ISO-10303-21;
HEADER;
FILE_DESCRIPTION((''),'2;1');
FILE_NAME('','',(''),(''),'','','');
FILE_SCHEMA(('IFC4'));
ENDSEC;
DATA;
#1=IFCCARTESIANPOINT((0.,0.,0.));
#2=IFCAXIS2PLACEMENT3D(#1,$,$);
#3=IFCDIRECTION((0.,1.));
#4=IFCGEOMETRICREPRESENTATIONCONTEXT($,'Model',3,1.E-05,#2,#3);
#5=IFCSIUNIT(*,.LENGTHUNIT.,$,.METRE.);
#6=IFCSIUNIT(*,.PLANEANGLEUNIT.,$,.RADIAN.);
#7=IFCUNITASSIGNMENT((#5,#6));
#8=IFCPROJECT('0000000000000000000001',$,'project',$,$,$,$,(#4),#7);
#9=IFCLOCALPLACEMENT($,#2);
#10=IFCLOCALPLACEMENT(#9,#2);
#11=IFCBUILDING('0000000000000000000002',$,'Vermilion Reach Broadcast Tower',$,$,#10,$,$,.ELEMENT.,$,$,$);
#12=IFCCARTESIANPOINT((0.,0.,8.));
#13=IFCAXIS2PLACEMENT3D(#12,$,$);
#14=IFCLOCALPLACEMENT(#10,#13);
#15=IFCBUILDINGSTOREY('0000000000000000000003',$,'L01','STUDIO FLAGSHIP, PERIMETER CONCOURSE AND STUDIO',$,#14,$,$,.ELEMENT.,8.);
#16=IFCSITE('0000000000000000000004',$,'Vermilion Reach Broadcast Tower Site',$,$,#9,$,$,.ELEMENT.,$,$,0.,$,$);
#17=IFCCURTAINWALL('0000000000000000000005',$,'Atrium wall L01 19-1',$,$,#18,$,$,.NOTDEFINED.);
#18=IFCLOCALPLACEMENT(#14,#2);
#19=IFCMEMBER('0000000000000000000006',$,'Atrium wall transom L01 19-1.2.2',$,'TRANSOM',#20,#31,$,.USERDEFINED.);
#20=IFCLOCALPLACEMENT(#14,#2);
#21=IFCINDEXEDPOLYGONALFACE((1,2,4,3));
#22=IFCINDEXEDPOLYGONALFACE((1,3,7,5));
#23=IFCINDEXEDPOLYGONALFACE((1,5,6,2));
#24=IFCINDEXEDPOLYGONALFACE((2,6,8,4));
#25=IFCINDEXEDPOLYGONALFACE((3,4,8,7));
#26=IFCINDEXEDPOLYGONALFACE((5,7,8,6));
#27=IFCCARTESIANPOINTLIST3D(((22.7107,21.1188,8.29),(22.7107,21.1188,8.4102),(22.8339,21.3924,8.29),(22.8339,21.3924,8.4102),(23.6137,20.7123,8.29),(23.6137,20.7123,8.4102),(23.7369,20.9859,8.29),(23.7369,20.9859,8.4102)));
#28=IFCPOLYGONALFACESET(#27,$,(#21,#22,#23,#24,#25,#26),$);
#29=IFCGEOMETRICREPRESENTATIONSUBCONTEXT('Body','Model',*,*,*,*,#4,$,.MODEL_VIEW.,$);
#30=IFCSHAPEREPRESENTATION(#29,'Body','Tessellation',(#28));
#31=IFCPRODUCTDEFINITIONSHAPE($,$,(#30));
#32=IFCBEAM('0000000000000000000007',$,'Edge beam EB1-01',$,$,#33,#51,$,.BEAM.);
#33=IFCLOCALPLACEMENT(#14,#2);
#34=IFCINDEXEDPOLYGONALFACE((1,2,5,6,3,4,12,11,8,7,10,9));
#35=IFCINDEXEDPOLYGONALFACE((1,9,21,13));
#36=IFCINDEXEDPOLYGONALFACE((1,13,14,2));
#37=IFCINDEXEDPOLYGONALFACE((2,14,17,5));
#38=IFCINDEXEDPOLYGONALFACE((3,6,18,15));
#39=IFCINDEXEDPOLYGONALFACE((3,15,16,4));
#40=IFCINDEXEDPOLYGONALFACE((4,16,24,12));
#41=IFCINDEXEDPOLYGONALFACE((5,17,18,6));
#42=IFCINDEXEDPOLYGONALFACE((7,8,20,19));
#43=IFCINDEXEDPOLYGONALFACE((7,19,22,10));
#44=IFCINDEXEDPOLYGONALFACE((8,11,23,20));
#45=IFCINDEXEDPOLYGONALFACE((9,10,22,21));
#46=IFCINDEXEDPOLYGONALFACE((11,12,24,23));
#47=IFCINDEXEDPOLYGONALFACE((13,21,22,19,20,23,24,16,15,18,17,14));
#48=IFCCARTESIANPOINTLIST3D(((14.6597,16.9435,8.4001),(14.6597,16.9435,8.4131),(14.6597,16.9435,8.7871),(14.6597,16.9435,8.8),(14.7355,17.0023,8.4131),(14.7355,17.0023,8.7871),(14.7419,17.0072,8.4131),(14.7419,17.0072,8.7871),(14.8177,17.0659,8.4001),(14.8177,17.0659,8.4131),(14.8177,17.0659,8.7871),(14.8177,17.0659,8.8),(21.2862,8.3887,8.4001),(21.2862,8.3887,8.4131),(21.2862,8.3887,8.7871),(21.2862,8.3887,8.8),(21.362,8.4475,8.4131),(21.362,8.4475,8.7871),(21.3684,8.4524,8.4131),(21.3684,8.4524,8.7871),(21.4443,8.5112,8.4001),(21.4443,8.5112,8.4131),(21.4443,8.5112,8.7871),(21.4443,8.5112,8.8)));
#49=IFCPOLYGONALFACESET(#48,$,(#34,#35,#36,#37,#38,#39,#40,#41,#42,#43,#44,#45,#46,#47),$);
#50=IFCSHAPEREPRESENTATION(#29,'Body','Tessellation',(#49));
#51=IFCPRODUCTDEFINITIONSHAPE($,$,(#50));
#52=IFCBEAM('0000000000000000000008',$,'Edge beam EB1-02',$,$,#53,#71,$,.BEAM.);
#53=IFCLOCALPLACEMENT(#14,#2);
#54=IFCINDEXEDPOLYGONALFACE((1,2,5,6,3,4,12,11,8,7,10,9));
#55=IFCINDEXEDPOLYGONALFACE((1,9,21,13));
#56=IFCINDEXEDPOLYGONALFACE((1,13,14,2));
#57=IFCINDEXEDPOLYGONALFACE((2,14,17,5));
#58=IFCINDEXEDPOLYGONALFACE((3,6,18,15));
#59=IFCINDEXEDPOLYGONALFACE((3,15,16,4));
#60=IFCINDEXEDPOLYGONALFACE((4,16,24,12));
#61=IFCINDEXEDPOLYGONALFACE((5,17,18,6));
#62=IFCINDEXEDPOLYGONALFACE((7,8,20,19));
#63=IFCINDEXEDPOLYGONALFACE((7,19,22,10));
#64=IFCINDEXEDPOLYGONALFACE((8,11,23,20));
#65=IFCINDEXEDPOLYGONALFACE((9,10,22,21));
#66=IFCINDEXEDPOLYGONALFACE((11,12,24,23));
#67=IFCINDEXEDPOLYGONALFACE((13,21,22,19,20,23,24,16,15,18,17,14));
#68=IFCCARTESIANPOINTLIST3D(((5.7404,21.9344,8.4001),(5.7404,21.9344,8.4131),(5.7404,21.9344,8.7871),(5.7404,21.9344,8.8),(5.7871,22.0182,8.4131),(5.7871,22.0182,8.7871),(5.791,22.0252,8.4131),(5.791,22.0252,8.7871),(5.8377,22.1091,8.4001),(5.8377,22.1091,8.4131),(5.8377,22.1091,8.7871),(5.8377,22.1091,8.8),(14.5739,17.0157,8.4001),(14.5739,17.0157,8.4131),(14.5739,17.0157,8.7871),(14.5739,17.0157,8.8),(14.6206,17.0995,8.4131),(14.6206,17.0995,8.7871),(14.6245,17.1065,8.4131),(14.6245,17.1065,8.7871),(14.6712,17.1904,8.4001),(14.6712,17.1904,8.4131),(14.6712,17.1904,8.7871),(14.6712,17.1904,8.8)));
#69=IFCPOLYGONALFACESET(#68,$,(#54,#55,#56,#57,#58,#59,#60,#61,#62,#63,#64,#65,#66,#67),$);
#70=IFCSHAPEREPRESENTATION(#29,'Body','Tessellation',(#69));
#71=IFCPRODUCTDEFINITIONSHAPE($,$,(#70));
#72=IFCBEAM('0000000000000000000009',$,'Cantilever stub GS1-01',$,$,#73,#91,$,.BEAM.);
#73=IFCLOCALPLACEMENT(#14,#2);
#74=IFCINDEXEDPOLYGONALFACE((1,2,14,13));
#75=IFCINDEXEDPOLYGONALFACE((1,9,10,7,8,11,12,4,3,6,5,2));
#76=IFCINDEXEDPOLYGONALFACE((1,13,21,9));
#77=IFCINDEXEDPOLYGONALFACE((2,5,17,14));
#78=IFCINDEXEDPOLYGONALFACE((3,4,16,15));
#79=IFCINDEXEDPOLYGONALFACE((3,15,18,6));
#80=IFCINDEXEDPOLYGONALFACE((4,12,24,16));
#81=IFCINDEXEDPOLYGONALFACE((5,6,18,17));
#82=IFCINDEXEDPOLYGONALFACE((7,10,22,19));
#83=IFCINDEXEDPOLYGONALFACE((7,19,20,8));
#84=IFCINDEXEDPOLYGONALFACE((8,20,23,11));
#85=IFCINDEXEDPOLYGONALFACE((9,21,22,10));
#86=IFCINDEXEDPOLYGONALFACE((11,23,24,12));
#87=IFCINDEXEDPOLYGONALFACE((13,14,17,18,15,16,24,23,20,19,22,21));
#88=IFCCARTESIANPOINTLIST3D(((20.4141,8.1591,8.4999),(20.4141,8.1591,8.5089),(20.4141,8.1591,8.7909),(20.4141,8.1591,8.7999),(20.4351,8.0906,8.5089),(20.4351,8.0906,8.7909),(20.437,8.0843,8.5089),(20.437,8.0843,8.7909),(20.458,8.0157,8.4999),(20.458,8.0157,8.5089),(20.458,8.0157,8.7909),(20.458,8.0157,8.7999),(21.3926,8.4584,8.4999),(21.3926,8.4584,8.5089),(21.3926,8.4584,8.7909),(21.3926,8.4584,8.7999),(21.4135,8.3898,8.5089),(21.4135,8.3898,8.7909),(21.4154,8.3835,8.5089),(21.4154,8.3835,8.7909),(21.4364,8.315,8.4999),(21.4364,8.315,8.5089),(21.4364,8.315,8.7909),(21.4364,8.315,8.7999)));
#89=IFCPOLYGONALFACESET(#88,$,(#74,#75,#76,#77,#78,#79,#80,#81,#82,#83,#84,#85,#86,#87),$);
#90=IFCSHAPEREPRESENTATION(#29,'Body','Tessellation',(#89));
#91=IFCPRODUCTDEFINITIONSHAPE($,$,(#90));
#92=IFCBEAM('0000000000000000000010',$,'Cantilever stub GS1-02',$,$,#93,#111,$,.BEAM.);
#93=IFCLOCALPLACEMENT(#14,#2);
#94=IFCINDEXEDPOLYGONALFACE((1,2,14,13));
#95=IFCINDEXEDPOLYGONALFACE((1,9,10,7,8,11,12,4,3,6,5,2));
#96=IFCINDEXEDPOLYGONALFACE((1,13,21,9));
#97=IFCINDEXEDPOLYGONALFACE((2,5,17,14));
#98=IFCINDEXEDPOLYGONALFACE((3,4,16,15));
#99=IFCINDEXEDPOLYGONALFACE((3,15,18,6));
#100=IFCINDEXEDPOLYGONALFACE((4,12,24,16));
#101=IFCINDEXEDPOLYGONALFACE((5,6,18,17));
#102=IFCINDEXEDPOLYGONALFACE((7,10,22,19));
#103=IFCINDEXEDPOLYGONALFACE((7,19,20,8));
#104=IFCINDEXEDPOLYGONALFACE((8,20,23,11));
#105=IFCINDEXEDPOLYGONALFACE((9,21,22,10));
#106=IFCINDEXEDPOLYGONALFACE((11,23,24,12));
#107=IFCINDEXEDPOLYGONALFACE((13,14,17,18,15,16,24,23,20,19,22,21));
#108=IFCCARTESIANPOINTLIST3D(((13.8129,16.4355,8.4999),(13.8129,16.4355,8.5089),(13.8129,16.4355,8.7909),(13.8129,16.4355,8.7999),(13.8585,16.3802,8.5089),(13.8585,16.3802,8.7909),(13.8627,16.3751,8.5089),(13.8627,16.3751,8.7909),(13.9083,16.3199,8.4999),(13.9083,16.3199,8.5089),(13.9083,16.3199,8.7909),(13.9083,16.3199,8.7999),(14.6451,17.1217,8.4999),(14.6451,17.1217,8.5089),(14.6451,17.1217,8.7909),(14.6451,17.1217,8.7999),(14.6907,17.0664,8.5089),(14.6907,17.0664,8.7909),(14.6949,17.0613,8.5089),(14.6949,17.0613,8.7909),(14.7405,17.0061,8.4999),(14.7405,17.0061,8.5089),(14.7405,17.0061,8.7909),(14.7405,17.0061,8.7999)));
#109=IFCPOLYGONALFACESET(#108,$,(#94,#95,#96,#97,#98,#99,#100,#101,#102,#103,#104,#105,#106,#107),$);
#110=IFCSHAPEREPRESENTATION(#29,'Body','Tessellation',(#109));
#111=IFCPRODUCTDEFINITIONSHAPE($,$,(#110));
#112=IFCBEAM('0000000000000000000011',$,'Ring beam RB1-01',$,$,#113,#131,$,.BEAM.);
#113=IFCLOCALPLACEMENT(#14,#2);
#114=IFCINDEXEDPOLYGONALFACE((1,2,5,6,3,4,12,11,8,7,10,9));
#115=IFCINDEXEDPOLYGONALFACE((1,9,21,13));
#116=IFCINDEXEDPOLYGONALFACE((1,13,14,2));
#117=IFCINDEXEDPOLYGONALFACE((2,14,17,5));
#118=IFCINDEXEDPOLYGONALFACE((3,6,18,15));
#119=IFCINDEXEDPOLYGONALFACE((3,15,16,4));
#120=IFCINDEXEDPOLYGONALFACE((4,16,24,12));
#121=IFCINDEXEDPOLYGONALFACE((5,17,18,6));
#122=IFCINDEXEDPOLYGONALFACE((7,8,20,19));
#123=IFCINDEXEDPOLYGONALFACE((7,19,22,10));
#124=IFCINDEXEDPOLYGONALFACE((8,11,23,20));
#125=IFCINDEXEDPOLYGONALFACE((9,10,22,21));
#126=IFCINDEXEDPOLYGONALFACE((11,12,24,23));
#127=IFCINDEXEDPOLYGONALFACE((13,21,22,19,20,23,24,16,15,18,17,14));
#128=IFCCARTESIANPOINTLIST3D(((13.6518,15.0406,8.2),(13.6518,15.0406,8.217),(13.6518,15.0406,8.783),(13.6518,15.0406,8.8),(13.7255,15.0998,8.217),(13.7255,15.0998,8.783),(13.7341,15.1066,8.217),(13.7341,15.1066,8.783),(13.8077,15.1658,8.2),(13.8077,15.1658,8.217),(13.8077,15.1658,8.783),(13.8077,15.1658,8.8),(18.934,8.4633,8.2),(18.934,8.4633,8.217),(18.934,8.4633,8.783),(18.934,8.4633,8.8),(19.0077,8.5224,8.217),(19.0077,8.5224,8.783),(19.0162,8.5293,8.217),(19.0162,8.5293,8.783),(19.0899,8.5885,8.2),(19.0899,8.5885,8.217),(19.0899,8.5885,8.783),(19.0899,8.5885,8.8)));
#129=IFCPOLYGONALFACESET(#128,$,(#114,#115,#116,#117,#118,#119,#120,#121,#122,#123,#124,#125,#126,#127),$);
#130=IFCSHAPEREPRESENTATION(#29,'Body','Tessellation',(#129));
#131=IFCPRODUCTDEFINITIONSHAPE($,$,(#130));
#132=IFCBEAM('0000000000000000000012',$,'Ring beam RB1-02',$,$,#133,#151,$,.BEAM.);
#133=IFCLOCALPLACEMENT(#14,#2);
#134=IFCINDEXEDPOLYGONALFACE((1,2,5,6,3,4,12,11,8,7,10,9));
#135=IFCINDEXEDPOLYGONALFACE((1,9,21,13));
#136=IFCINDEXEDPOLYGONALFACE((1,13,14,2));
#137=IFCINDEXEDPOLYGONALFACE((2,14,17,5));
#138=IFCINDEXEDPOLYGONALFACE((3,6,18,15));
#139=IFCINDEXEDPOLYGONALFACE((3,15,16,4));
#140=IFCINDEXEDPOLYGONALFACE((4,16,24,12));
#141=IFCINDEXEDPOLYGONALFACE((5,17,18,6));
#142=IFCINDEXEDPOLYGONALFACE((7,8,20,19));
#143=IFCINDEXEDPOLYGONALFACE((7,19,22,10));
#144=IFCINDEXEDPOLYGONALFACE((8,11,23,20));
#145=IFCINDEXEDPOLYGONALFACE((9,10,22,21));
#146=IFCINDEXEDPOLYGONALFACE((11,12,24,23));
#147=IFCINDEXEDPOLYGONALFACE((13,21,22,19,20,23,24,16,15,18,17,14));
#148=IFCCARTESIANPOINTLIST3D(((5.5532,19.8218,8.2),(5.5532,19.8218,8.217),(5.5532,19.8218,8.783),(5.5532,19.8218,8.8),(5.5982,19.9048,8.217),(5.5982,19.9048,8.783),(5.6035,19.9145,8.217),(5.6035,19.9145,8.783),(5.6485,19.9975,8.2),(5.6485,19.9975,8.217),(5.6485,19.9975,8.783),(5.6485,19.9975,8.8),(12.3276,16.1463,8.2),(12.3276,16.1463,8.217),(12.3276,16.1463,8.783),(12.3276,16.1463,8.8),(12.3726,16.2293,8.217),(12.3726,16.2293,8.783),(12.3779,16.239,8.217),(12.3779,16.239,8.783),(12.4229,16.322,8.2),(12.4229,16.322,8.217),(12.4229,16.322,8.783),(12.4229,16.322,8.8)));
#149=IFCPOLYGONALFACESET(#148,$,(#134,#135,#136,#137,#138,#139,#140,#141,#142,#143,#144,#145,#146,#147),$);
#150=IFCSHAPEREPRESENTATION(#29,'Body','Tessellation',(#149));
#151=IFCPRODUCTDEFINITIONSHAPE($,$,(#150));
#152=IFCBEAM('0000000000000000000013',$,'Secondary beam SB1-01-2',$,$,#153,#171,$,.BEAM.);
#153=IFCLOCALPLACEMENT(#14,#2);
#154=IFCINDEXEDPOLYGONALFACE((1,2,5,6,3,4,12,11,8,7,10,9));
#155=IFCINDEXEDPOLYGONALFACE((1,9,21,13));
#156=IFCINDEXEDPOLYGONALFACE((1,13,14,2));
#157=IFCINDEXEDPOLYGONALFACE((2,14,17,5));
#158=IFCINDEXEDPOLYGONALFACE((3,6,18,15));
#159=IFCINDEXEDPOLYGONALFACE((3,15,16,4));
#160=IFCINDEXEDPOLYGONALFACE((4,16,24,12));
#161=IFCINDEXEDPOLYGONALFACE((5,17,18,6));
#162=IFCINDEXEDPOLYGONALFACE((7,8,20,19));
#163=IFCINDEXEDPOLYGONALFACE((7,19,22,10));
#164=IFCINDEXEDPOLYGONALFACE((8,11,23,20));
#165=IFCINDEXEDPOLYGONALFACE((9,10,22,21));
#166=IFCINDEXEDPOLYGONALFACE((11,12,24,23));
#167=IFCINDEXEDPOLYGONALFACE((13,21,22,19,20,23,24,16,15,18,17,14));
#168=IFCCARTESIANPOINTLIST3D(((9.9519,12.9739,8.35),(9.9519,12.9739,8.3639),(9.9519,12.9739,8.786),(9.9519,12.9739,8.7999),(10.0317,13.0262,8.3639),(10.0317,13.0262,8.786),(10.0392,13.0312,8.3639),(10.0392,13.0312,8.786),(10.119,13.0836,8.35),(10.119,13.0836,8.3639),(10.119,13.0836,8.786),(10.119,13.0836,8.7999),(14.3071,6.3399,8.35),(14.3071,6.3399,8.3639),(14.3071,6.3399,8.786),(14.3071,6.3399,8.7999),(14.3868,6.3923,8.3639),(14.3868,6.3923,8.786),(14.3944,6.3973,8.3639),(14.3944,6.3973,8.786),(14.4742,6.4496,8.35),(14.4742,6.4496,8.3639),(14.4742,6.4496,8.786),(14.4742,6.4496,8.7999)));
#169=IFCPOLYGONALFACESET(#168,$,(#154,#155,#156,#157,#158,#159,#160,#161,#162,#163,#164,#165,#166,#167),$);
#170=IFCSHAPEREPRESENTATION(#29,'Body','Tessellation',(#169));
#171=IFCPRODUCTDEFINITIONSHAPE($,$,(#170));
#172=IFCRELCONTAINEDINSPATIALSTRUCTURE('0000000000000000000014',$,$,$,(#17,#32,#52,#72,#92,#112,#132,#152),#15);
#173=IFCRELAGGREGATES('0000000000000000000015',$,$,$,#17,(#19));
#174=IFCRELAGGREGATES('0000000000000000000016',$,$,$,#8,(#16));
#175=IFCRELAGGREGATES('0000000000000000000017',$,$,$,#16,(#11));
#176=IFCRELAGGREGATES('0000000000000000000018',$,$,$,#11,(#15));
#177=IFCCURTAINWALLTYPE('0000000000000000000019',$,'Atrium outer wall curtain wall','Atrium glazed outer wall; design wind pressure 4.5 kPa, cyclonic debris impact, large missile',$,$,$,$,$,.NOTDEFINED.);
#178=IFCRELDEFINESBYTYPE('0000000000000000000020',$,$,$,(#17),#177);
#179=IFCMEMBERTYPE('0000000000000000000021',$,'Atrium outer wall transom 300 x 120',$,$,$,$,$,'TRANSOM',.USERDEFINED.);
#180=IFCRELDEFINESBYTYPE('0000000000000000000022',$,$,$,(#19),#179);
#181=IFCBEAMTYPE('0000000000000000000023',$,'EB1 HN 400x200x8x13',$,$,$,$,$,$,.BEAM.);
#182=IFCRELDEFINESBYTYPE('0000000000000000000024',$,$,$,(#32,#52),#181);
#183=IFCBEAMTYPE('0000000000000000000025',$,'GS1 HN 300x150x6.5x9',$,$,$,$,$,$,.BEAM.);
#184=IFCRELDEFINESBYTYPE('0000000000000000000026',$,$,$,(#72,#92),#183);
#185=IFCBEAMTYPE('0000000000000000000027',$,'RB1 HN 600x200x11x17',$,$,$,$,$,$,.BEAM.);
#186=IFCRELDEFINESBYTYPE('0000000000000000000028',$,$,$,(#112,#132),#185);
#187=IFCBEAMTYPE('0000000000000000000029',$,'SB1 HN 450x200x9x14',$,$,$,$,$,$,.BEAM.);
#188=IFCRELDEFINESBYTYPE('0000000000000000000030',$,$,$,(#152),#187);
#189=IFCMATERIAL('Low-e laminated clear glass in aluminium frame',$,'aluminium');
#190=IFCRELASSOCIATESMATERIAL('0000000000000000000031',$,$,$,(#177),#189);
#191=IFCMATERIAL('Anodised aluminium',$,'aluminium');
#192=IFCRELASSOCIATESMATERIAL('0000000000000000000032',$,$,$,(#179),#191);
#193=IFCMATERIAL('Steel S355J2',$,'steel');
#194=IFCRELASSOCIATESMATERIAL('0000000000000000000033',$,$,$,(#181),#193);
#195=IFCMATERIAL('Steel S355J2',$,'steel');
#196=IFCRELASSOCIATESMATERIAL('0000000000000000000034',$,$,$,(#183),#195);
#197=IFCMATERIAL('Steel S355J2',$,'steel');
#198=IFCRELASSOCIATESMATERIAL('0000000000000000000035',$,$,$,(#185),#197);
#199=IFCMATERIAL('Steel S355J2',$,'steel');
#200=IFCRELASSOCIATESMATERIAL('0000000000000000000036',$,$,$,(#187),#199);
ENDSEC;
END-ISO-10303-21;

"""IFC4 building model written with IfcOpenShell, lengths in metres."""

from ifc_helpers import new_model, si_unit, direction, frame, origin, origin_2d, place, context, subcontext, project, spatial, rectangle, i_section, extrude, material, material_profile, profile_set, type_object, element, aggregate, save


model = new_model("IFC4")

# Units and contexts
model_context = context("Model", 3, precision=1e-05, world=origin(), true_north=direction((0.0, 1.0)))
body_context = subcontext(model_context, "Body", "Model", "MODEL_VIEW")
ifc_project = project(units=[si_unit("LENGTHUNIT", "METRE"), si_unit("PLANEANGLEUNIT", "RADIAN")], contexts=[model_context])

# Site, building, storey
site_placement = place(None, origin())
site = spatial("IfcSite", under=ifc_project, at=site_placement, Name="Vermilion Reach Broadcast Tower Site", CompositionType="ELEMENT", RefElevation=0.0)
building_placement = place(site_placement, origin())
building = spatial("IfcBuilding", under=site, at=building_placement, Name="Vermilion Reach Broadcast Tower", CompositionType="ELEMENT")
storey_placement = place(building_placement, frame((0.0, 0.0, 8.0)))
storey = spatial("IfcBuildingStorey", under=building, at=storey_placement, Name="L01", Description="STUDIO FLAGSHIP, PERIMETER CONCOURSE AND STUDIO", CompositionType="ELEMENT", Elevation=8.0)

# Curtain wall
ifc_material_1 = material(Name="Low-e laminated clear glass in aluminium frame", Category="aluminium")
curtain_wall_type = type_object("IfcCurtainWallType", Name="Atrium outer wall curtain wall", Description="Atrium glazed outer wall; design wind pressure 4.5 kPa, cyclonic debris impact, large missile", PredefinedType="NOTDEFINED", material=ifc_material_1)
placement = place(storey_placement, origin())
curtain_wall_1 = element("IfcCurtainWall", 1, at=placement, inside=storey, type_object=curtain_wall_type, Name="Atrium wall L01 19-1", PredefinedType="NOTDEFINED")

# Member
ifc_material_2 = material(Name="Anodised aluminium", Category="aluminium")
ifc_material_profile_1 = material_profile(ifc_material_2, rectangle(XDim=0.3, YDim=0.1201, at=origin_2d()), Name="Atrium outer wall transom 300 x 120")
ifc_profile_set_1 = profile_set([ifc_material_profile_1], Name="Anodised aluminium")
member_type_1 = type_object("IfcMemberType", Name="Atrium outer wall transom 300 x 120", ElementType="TRANSOM", PredefinedType="USERDEFINED", material=ifc_profile_set_1)
member_1_placement = place(storey_placement, frame((23.6753, 20.8491, 8.3501), z_axis=(-0.91188, 0.410457, 0.0), x_axis=(-0.410457, -0.91188, 0.0)))
member_1 = element("IfcMember", 2, at=member_1_placement, type_object=member_type_1, Name="Atrium wall transom L01 19-1.2.2", ObjectType="TRANSOM", PredefinedType="USERDEFINED", context=body_context, shape_type="SweptSolid", body=[
    extrude(rectangle(XDim=0.3, YDim=0.1201, at=origin_2d()), origin(), (0.0, 0.0, 1.0), 0.9902),
])

# Beams
ifc_material_3 = material(Name="Steel S355J2", Category="steel")
ifc_material_profile_2 = material_profile(ifc_material_3, i_section(OverallWidth=0.2, OverallDepth=0.3999, WebThickness=0.0081, FlangeThickness=0.0129, at=origin_2d()), Name="S355J2 HN 400x200x8x13")
ifc_profile_set_2 = profile_set([ifc_material_profile_2], Name="Steel S355J2")
beam_type_1 = type_object("IfcBeamType", Name="EB1 HN 400x200x8x13", PredefinedType="BEAM", material=ifc_profile_set_2)
beam_1_placement = place(storey_placement, frame((21.3652, 8.45, 8.6001), z_axis=(-0.612374, 0.790568, 0.0), x_axis=(-0.790568, -0.612374, 0.0)))
element("IfcBeam", 3, at=beam_1_placement, inside=storey, type_object=beam_type_1, Name="Edge beam EB1-01", PredefinedType="BEAM", context=body_context, shape_type="SweptSolid", body=[
    extrude(i_section(OverallWidth=0.2, OverallDepth=0.3999, WebThickness=0.0081, FlangeThickness=0.0129, at=origin_2d()), origin(), (0.0, 0.0, 1.0), 10.821),
])
beam_2_placement = place(storey_placement, frame((14.6226, 17.103, 8.6001), z_axis=(-0.873686, 0.486489, 0.0), x_axis=(-0.486489, -0.873686, 0.0)))
element("IfcBeam", 4, at=beam_2_placement, inside=storey, type_object=beam_type_1, Name="Edge beam EB1-02", PredefinedType="BEAM", context=body_context, shape_type="SweptSolid", body=[
    extrude(i_section(OverallWidth=0.2, OverallDepth=0.3999, WebThickness=0.0081, FlangeThickness=0.0129, at=origin_2d()), origin(), (0.0, 0.0, 1.0), 10.1106),
])
ifc_material_4 = material(Name="Steel S355J2", Category="steel")
ifc_material_profile_3 = material_profile(ifc_material_4, i_section(OverallWidth=0.1499, OverallDepth=0.3, WebThickness=0.0066, FlangeThickness=0.009, at=origin_2d()), Name="S355J2 HN 300x150x6.5x9")
ifc_profile_set_3 = profile_set([ifc_material_profile_3], Name="Steel S355J2")
beam_type_2 = type_object("IfcBeamType", Name="GS1 HN 300x150x6.5x9", PredefinedType="BEAM", material=ifc_profile_set_3)
beam_3_placement = place(storey_placement, frame((20.436, 8.0874, 8.6499), z_axis=(0.956263, 0.292509, 0.0), x_axis=(-0.292509, 0.956263, 0.0)))
element("IfcBeam", 5, at=beam_3_placement, inside=storey, type_object=beam_type_2, Name="Cantilever stub GS1-01", PredefinedType="BEAM", context=body_context, shape_type="SweptSolid", body=[
    extrude(i_section(OverallWidth=0.1499, OverallDepth=0.3, WebThickness=0.0066, FlangeThickness=0.009, at=origin_2d()), origin(), (0.0, 0.0, 1.0), 1.0232),
])
beam_4_placement = place(storey_placement, frame((13.8606, 16.3777, 8.6499), z_axis=(0.771532, 0.636191, 0.0), x_axis=(-0.636191, 0.771532, 0.0)))
element("IfcBeam", 6, at=beam_4_placement, inside=storey, type_object=beam_type_2, Name="Cantilever stub GS1-02", PredefinedType="BEAM", context=body_context, shape_type="SweptSolid", body=[
    extrude(i_section(OverallWidth=0.1499, OverallDepth=0.3, WebThickness=0.0066, FlangeThickness=0.009, at=origin_2d()), origin(), (0.0, 0.0, 1.0), 1.0786),
])
ifc_material_5 = material(Name="Steel S355J2", Category="steel")
ifc_material_profile_4 = material_profile(ifc_material_5, i_section(OverallWidth=0.2, OverallDepth=0.6001, WebThickness=0.011, FlangeThickness=0.0171, at=origin_2d()), Name="S355J2 HN 600x200x11x17")
ifc_profile_set_4 = profile_set([ifc_material_profile_4], Name="Steel S355J2")
beam_type_3 = type_object("IfcBeamType", Name="RB1 HN 600x200x11x17", PredefinedType="BEAM", material=ifc_profile_set_4)
beam_5_placement = place(storey_placement, frame((19.012, 8.5259, 8.5), z_axis=(-0.626162, 0.779693, 0.0), x_axis=(-0.779693, -0.626162, 0.0)))
element("IfcBeam", 7, at=beam_5_placement, inside=storey, type_object=beam_type_3, Name="Ring beam RB1-01", PredefinedType="BEAM", context=body_context, shape_type="SweptSolid", body=[
    extrude(i_section(OverallWidth=0.2, OverallDepth=0.6001, WebThickness=0.011, FlangeThickness=0.0171, at=origin_2d()), origin(), (0.0, 0.0, 1.0), 8.4358),
])
beam_6_placement = place(storey_placement, frame((12.3752, 16.2341, 8.5), z_axis=(-0.878962, 0.476891, 0.0), x_axis=(-0.476891, -0.878962, 0.0)))
element("IfcBeam", 8, at=beam_6_placement, inside=storey, type_object=beam_type_3, Name="Ring beam RB1-02", PredefinedType="BEAM", context=body_context, shape_type="SweptSolid", body=[
    extrude(i_section(OverallWidth=0.2, OverallDepth=0.6001, WebThickness=0.011, FlangeThickness=0.0171, at=origin_2d()), origin(), (0.0, 0.0, 1.0), 7.7073),
])
ifc_material_6 = material(Name="Steel S355J2", Category="steel")
ifc_material_profile_5 = material_profile(ifc_material_6, i_section(OverallWidth=0.2, OverallDepth=0.45, WebThickness=0.009, FlangeThickness=0.0139, at=origin_2d()), Name="S355J2 HN 450x200x9x14")
ifc_profile_set_5 = profile_set([ifc_material_profile_5], Name="Steel S355J2")
beam_type_4 = type_object("IfcBeamType", Name="SB1 HN 450x200x9x14", PredefinedType="BEAM", material=ifc_profile_set_5)
beam_7_placement = place(storey_placement, frame((14.3906, 6.3948, 8.575), z_axis=(-0.548801, 0.835953, 0.0), x_axis=(-0.835953, -0.548801, 0.0)))
element("IfcBeam", 9, at=beam_7_placement, inside=storey, type_object=beam_type_4, Name="Secondary beam SB1-01-2", PredefinedType="BEAM", context=body_context, shape_type="SweptSolid", body=[
    extrude(i_section(OverallWidth=0.2, OverallDepth=0.45, WebThickness=0.009, FlangeThickness=0.0139, at=origin_2d()), origin(), (0.0, 0.0, 1.0), 7.9358),
])

aggregate(curtain_wall_1, [member_1])

save(model, "model.ifc")
